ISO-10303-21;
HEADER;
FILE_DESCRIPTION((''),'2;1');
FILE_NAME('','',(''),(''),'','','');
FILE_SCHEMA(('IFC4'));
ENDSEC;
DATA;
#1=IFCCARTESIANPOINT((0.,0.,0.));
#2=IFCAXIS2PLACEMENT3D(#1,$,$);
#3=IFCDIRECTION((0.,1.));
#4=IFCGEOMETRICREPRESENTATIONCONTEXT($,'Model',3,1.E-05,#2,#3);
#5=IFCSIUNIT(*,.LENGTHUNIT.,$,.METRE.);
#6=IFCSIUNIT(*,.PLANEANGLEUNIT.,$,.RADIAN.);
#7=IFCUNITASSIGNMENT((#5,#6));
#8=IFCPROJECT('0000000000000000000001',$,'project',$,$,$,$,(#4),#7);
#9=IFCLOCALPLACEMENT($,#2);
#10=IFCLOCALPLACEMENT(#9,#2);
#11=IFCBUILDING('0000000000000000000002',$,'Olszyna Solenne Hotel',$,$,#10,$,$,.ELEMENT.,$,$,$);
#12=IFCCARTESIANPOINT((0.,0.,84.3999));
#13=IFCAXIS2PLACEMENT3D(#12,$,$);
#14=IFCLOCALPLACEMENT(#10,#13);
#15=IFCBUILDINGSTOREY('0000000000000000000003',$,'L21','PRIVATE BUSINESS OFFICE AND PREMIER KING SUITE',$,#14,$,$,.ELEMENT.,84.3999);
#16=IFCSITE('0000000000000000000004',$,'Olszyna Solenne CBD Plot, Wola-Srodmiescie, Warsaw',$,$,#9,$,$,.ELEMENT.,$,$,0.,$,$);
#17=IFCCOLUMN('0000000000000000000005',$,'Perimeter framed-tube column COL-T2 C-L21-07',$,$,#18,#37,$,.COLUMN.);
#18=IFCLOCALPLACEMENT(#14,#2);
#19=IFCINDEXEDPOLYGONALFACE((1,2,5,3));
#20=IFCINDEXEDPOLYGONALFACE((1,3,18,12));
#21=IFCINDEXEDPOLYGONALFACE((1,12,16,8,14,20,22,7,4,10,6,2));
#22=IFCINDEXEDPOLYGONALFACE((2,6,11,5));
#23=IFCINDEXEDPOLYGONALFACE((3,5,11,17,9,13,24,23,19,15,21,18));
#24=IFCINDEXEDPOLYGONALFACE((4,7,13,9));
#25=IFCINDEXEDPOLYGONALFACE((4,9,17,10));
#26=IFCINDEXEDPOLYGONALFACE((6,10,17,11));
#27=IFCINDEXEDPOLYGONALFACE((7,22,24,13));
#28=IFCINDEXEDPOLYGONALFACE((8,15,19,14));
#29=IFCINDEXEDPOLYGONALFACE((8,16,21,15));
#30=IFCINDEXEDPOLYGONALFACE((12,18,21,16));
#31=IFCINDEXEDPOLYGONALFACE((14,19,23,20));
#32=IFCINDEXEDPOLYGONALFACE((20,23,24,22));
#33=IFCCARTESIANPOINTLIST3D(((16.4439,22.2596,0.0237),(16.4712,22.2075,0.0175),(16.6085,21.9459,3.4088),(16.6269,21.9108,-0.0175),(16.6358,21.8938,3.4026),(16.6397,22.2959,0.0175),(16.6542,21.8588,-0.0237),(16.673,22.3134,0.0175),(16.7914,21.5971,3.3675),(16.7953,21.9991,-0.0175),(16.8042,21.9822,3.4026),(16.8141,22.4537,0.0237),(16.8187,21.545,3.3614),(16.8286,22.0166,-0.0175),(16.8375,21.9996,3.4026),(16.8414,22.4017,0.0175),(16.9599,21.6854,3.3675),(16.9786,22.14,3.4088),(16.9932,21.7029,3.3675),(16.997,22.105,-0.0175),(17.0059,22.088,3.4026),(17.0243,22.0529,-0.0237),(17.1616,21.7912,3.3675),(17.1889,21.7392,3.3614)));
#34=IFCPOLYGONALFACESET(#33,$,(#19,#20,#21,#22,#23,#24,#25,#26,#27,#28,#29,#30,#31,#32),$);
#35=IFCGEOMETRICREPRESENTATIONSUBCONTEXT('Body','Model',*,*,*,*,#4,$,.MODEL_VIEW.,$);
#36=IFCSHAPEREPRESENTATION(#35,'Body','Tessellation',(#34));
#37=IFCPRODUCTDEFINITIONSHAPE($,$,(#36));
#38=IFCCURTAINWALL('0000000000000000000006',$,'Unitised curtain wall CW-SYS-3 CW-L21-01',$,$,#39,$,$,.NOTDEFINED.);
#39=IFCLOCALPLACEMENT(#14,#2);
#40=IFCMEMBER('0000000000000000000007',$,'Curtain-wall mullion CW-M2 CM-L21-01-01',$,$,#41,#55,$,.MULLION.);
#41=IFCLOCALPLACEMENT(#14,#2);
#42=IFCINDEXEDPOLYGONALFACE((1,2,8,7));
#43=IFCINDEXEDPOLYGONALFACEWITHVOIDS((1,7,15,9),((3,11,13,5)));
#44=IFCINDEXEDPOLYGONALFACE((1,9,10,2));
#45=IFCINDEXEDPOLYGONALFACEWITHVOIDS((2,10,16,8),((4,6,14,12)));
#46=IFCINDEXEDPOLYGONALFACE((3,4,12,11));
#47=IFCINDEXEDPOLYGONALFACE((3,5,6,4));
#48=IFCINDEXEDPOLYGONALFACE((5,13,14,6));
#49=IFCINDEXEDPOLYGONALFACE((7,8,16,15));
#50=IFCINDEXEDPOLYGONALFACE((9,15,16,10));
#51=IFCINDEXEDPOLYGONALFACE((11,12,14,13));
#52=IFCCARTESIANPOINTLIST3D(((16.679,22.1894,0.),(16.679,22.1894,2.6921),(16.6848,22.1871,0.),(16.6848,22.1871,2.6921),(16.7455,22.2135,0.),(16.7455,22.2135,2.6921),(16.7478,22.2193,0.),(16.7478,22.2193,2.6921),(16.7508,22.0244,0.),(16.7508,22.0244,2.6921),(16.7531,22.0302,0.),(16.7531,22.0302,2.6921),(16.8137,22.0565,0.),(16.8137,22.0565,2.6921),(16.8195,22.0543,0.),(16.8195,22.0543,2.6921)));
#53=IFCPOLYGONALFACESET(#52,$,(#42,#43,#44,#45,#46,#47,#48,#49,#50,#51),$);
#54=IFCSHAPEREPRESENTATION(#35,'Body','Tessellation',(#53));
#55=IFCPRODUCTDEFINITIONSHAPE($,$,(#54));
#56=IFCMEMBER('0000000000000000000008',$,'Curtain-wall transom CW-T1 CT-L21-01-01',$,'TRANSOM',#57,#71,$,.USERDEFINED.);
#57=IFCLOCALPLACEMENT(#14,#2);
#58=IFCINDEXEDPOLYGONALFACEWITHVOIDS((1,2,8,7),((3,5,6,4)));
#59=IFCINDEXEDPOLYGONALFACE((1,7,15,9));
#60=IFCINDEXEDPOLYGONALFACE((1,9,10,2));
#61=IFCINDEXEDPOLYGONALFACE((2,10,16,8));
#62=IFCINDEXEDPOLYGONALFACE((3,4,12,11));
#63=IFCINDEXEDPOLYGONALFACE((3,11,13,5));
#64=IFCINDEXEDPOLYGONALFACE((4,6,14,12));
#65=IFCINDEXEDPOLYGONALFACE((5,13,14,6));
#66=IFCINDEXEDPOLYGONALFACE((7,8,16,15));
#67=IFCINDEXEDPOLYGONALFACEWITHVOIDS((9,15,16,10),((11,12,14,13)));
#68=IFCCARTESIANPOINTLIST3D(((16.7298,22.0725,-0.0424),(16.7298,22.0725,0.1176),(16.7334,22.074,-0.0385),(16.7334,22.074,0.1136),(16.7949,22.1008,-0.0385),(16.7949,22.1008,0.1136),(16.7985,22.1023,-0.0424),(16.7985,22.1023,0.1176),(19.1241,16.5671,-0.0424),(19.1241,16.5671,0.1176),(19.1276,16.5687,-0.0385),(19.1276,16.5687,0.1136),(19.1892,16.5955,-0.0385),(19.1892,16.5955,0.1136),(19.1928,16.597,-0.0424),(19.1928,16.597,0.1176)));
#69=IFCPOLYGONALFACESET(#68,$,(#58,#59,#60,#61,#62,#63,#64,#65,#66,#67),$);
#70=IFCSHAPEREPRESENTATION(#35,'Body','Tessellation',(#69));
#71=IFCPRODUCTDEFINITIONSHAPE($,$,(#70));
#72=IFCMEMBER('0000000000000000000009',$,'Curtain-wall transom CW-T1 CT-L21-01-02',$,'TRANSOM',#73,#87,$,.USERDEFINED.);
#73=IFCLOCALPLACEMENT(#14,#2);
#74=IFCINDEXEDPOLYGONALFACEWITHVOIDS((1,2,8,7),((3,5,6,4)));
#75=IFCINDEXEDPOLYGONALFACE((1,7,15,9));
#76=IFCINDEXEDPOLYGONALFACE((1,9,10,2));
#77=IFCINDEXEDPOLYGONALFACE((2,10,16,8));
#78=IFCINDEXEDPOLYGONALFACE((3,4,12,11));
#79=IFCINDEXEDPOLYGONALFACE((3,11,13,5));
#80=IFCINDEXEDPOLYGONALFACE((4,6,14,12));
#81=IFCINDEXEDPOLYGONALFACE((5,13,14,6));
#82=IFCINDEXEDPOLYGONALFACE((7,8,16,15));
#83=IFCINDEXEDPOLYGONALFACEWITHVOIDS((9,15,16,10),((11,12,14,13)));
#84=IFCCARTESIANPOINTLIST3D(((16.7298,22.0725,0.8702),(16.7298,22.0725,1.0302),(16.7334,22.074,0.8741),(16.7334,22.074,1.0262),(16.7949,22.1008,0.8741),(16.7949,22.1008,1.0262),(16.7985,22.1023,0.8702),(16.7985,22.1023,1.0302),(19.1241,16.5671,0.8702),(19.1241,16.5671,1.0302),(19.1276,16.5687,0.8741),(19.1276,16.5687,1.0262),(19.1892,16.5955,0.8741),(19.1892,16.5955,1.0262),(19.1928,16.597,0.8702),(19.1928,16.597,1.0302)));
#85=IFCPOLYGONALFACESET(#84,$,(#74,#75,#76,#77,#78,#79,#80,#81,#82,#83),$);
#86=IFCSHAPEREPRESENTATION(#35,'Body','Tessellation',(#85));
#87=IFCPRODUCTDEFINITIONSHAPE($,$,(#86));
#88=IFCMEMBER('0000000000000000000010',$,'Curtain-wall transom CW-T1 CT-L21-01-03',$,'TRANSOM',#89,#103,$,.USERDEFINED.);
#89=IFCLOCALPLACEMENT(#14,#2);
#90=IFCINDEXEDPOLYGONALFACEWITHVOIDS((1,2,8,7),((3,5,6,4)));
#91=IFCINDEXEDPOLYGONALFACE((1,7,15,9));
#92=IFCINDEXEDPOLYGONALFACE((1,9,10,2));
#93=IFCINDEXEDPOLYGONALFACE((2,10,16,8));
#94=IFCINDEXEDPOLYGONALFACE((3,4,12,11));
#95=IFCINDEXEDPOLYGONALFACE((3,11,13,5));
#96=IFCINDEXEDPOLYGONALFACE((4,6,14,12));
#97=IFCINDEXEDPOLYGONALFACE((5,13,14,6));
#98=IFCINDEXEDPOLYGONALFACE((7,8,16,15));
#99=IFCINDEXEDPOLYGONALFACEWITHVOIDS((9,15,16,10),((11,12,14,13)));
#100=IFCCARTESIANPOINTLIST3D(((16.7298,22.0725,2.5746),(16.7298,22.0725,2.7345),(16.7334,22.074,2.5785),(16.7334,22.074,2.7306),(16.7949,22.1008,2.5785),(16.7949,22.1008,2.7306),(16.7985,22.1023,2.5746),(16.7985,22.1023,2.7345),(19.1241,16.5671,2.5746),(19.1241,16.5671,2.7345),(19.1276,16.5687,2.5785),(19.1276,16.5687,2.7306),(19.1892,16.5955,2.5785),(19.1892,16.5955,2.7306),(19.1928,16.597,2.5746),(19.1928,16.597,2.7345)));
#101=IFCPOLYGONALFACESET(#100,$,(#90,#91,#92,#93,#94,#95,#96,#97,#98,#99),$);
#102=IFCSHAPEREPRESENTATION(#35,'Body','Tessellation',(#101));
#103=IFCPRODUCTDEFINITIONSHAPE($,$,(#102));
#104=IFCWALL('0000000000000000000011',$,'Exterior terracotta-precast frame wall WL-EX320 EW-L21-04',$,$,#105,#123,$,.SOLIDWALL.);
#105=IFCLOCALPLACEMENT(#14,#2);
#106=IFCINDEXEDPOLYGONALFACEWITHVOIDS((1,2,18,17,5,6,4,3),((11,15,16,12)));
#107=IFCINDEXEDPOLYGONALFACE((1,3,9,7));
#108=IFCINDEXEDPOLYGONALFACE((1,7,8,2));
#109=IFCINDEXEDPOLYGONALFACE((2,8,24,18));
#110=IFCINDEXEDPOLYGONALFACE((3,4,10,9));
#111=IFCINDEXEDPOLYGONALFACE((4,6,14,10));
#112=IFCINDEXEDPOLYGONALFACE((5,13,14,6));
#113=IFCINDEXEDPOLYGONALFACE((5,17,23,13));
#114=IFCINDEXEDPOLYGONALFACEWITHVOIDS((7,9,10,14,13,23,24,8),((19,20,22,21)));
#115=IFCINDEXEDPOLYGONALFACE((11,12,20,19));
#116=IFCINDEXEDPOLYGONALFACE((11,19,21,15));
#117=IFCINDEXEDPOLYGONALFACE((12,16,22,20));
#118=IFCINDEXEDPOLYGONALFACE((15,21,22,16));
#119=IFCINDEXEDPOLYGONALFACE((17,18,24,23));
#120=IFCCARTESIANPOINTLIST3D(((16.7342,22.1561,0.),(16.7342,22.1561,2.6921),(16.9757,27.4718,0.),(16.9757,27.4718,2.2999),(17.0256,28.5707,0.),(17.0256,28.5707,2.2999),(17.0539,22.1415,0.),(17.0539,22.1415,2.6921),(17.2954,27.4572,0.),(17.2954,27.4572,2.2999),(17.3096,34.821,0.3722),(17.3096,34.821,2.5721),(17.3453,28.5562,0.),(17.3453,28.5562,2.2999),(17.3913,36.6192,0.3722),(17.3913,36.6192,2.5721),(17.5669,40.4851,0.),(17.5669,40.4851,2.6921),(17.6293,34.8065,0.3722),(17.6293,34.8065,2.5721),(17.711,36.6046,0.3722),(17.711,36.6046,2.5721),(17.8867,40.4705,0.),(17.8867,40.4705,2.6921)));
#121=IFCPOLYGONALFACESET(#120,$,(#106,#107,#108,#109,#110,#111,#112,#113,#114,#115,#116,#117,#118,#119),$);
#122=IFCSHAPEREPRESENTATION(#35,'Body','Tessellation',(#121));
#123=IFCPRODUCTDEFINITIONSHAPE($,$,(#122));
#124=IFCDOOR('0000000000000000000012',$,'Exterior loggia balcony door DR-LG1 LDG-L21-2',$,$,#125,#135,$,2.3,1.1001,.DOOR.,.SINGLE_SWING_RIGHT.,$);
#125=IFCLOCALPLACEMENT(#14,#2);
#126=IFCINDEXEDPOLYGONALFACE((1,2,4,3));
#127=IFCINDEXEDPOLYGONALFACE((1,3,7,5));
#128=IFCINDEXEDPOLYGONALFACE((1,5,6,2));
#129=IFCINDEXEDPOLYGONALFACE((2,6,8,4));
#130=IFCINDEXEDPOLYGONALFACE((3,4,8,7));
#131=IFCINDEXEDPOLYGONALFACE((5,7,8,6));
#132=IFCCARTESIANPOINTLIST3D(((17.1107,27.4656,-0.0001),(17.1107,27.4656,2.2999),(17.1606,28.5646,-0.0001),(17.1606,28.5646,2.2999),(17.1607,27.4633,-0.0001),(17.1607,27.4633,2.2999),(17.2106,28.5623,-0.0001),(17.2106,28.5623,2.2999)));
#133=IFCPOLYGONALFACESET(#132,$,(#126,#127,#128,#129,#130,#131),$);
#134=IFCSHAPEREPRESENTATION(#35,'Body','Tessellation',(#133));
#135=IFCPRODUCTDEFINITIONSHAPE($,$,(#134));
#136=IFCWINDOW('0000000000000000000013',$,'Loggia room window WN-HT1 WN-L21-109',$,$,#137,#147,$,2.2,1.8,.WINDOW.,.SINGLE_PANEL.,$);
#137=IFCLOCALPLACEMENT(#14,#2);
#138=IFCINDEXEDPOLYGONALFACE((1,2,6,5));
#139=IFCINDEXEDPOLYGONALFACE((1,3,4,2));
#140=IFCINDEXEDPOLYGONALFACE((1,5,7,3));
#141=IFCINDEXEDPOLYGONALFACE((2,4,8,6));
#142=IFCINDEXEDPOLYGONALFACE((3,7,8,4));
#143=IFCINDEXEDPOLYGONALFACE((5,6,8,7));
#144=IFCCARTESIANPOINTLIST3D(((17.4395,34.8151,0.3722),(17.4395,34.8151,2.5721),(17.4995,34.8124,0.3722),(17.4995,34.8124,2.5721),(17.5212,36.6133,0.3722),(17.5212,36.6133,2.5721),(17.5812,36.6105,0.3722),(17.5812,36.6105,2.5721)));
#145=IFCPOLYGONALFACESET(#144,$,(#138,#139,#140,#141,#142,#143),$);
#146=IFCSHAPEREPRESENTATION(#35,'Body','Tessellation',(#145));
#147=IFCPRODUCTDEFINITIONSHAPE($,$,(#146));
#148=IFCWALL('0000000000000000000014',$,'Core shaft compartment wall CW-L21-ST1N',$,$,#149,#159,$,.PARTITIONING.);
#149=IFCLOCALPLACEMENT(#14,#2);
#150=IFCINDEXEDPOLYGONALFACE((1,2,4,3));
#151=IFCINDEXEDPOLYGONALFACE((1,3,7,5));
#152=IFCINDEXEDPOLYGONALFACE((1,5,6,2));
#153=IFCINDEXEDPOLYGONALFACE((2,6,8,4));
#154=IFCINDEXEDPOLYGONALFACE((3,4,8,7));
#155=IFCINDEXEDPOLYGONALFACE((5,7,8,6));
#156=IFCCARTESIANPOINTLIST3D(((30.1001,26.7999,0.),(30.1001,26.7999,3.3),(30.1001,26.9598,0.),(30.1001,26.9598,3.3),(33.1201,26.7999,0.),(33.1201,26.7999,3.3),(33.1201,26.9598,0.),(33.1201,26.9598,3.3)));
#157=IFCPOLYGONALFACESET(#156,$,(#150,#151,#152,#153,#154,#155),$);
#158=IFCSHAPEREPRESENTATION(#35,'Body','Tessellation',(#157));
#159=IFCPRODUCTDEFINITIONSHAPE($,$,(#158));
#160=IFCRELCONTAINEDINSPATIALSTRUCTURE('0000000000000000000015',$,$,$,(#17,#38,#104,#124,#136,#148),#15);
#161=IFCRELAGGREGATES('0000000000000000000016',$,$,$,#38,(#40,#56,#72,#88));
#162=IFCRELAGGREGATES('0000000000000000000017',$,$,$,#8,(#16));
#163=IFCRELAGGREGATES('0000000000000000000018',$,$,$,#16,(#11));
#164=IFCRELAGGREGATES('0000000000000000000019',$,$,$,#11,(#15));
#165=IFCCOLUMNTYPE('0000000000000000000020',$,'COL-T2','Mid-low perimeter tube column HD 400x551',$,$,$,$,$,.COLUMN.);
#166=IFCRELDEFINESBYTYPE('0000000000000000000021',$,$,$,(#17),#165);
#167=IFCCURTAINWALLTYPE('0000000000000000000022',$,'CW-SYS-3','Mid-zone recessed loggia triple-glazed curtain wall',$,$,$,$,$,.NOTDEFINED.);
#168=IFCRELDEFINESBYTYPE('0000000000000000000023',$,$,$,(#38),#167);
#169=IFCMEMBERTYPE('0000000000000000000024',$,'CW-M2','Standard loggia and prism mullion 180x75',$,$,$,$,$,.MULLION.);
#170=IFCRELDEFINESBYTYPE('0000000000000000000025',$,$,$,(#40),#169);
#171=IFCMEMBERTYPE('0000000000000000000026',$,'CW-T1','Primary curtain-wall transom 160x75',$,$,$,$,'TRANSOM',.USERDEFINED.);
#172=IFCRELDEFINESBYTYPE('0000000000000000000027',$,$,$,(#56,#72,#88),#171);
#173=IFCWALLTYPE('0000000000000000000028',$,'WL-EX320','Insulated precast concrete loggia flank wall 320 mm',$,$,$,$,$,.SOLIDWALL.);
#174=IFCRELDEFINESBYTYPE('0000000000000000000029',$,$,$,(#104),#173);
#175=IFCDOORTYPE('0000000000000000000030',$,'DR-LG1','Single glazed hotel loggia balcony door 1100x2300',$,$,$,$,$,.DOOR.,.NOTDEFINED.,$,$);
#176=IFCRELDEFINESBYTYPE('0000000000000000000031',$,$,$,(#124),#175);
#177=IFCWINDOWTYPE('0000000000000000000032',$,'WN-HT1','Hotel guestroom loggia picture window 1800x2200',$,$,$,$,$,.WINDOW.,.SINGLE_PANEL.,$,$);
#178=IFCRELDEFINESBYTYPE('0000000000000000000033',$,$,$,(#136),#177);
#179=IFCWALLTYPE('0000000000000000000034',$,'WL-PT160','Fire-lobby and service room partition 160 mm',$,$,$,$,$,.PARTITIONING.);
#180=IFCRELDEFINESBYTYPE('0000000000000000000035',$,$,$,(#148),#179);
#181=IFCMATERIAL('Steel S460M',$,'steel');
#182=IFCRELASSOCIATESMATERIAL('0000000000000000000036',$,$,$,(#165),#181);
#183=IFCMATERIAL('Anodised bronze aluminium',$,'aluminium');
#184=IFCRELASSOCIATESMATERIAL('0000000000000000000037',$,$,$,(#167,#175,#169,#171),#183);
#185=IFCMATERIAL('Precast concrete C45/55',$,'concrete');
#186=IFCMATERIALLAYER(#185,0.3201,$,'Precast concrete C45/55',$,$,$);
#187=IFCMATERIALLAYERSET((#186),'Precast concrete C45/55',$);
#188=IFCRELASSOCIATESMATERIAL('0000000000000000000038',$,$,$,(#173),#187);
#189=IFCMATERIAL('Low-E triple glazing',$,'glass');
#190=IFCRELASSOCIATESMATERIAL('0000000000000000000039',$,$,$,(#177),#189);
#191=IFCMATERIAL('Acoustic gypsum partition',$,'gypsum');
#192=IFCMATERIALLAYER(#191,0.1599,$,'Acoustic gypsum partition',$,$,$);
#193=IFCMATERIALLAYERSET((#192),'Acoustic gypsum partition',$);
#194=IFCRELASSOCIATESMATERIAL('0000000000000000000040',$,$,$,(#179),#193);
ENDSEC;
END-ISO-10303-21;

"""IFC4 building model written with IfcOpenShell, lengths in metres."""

from ifc_helpers import new_model, si_unit, direction, frame, frame_2d, origin, origin_2d, place, context, subcontext, project, spatial, rectangle, hollow_rectangle, i_section, extrude, source, transform, mapped, material, layer, layer_set, material_profile, profile_set, type_object, type_shapes, element, fill, aggregate, save


model = new_model("IFC4")

# Units and contexts
model_context = context("Model", 3, precision=1e-05, world=origin(), true_north=direction((0.0, 1.0)))
body_context = subcontext(model_context, "Body", "Model", "MODEL_VIEW")
ifc_project = project(units=[si_unit("LENGTHUNIT", "METRE"), si_unit("PLANEANGLEUNIT", "RADIAN")], contexts=[model_context])

# Site, building, storey
site_placement = place(None, origin())
site = spatial("IfcSite", under=ifc_project, at=site_placement, Name="Olszyna Solenne CBD Plot, Wola-Srodmiescie, Warsaw", CompositionType="ELEMENT", RefElevation=0.0)
building_placement = place(site_placement, origin())
building = spatial("IfcBuilding", under=site, at=building_placement, Name="Olszyna Solenne Hotel", CompositionType="ELEMENT")
storey_placement = place(building_placement, frame((0.0, 0.0, 84.3999)))
storey = spatial("IfcBuildingStorey", under=building, at=storey_placement, Name="L21", Description="PRIVATE BUSINESS OFFICE AND PREMIER KING SUITE", CompositionType="ELEMENT", Elevation=84.3999)

# Column
ifc_material_1 = material(Name="Steel S460M", Category="steel")
ifc_material_profile_1 = material_profile(ifc_material_1, i_section(OverallWidth=0.418, OverallDepth=0.4551, WebThickness=0.0376, FlangeThickness=0.0591, at=origin_2d()), Name="HD 400x551", Category="load-bearing")
ifc_profile_set_1 = profile_set([ifc_material_profile_1], Name="Steel S460M")
column_type = type_object("IfcColumnType", Name="COL-T2", Description="Mid-low perimeter tube column HD 400x551", PredefinedType="COLUMN", material=ifc_profile_set_1)
shared_shape_1 = source(origin(), body_context, "Body", "SweptSolid", [
    extrude(i_section(OverallWidth=0.418, OverallDepth=0.4551, WebThickness=0.0376, FlangeThickness=0.0591, at=origin_2d()), origin(), (0.0, 0.0, 1.0), 3.4036),
])
column_placement = place(storey_placement, frame((16.7341, 22.1562, 0.0), z_axis=(0.048348, -0.092176, 0.994568), x_axis=(0.885575, 0.464496, 0.0)))
element("IfcColumn", 1, at=column_placement, inside=storey, type_object=column_type, Name="Perimeter framed-tube column COL-T2 C-L21-07", PredefinedType="COLUMN", context=body_context, shape_type="MappedRepresentation", body=[
    mapped(shared_shape_1, transform((0.0, 0.0, 0.0), x_axis=(1.0, 0.0, 0.0), y_axis=(0.0, 1.0, 0.0), z_axis=(0.0, 0.0, 1.0), scale=1.0)),
])

# Curtain wall, members
ifc_material_2 = material(Name="Anodised bronze aluminium", Category="aluminium")
curtain_wall_type = type_object("IfcCurtainWallType", Name="CW-SYS-3", Description="Mid-zone recessed loggia triple-glazed curtain wall", PredefinedType="NOTDEFINED", material=ifc_material_2)
curtain_wall_placement = place(storey_placement, origin())
curtain_wall = element("IfcCurtainWall", 2, at=curtain_wall_placement, inside=storey, type_object=curtain_wall_type, Name="Unitised curtain wall CW-SYS-3 CW-L21-01", PredefinedType="NOTDEFINED")
ifc_material_profile_2 = material_profile(ifc_material_2, hollow_rectangle(XDim=0.075, YDim=0.1799, WallThickness=0.0044, at=origin_2d()), Name="MULL 180x75x4.5", Category="load-bearing")
ifc_profile_set_2 = profile_set([ifc_material_profile_2], Name="Anodised bronze aluminium")
member_type_1 = type_object("IfcMemberType", Name="CW-M2", Description="Standard loggia and prism mullion 180x75", PredefinedType="MULLION", material=ifc_profile_set_2)
shared_shape_2 = source(origin(), body_context, "Body", "SweptSolid", [
    extrude(hollow_rectangle(XDim=0.075, YDim=0.1799, WallThickness=0.0044, at=origin_2d()), origin(), (0.0, 0.0, 1.0), 2.6921),
])
member_1_placement = place(storey_placement, frame((16.7493, 22.1218, 0.0), z_axis=(0.0, 0.0, 1.0), x_axis=(0.917031, 0.398817, 0.0)))
member_1 = element("IfcMember", 3, at=member_1_placement, type_object=member_type_1, Name="Curtain-wall mullion CW-M2 CM-L21-01-01", PredefinedType="MULLION", context=body_context, shape_type="MappedRepresentation", body=[
    mapped(shared_shape_2, transform((0.0, 0.0, 0.0), x_axis=(1.0, 0.0, 0.0), y_axis=(0.0, 1.0, 0.0), z_axis=(0.0, 0.0, 1.0), scale=1.0)),
])
ifc_material_profile_3 = material_profile(ifc_material_2, hollow_rectangle(XDim=0.075, YDim=0.1599, WallThickness=0.0039, at=origin_2d()), Name="TRAN 160x75x4", Category="load-bearing")
ifc_profile_set_3 = profile_set([ifc_material_profile_3], Name="Anodised bronze aluminium")
member_type_2 = type_object("IfcMemberType", Name="CW-T1", Description="Primary curtain-wall transom 160x75", ElementType="TRANSOM", PredefinedType="USERDEFINED", material=ifc_profile_set_3)
shared_shape_3 = source(origin(), body_context, "Body", "SweptSolid", [
    extrude(hollow_rectangle(XDim=0.075, YDim=0.1599, WallThickness=0.0039, at=origin_2d()), origin(), (0.0, 0.0, 1.0), 6.0034),
])
member_2_placement = place(storey_placement, frame((16.7642, 22.0874, 0.0376), z_axis=(0.398817, -0.917031, 0.0), x_axis=(0.917031, 0.398817, 0.0)))
member_2 = element("IfcMember", 4, at=member_2_placement, type_object=member_type_2, Name="Curtain-wall transom CW-T1 CT-L21-01-01", ObjectType="TRANSOM", PredefinedType="USERDEFINED", context=body_context, shape_type="MappedRepresentation", body=[
    mapped(shared_shape_3, transform((0.0, 0.0, 0.0), x_axis=(1.0, 0.0, 0.0), y_axis=(0.0, 1.0, 0.0), z_axis=(0.0, 0.0, 1.0), scale=1.0)),
])
member_3_placement = place(storey_placement, frame((16.7642, 22.0874, 0.9502), z_axis=(0.398817, -0.917031, 0.0), x_axis=(0.917031, 0.398817, 0.0)))
member_3 = element("IfcMember", 5, at=member_3_placement, type_object=member_type_2, Name="Curtain-wall transom CW-T1 CT-L21-01-02", ObjectType="TRANSOM", PredefinedType="USERDEFINED", context=body_context, shape_type="MappedRepresentation", body=[
    mapped(shared_shape_3, transform((0.0, 0.0, 0.0), x_axis=(1.0, 0.0, 0.0), y_axis=(0.0, 1.0, 0.0), z_axis=(0.0, 0.0, 1.0), scale=1.0)),
])
member_4_placement = place(storey_placement, frame((16.7642, 22.0874, 2.6545), z_axis=(0.398817, -0.917031, 0.0), x_axis=(0.917031, 0.398817, 0.0)))
member_4 = element("IfcMember", 6, at=member_4_placement, type_object=member_type_2, Name="Curtain-wall transom CW-T1 CT-L21-01-03", ObjectType="TRANSOM", PredefinedType="USERDEFINED", context=body_context, shape_type="MappedRepresentation", body=[
    mapped(shared_shape_3, transform((0.0, 0.0, 0.0), x_axis=(1.0, 0.0, 0.0), y_axis=(0.0, 1.0, 0.0), z_axis=(0.0, 0.0, 1.0), scale=1.0)),
])
aggregate(curtain_wall, [member_1, member_2, member_3, member_4])

# Wall, openings, door, window
ifc_material_3 = material(Name="Precast concrete C45/55", Category="concrete")
ifc_layer_1 = layer(ifc_material_3, 0.3201, Name="Precast concrete C45/55")
ifc_layer_set_1 = layer_set([ifc_layer_1], Name="Precast concrete C45/55")
wall_type_1 = type_object("IfcWallType", Name="WL-EX320", Description="Insulated precast concrete loggia flank wall 320 mm", PredefinedType="SOLIDWALL", material=ifc_layer_set_1)
wall_1_placement = place(storey_placement, frame((16.894, 22.1489, 0.0), z_axis=(0.0, 0.0, 1.0), x_axis=(0.045387, 0.998969, 0.0)))
wall_1 = element("IfcWall", 7, at=wall_1_placement, inside=storey, type_object=wall_type_1, Name="Exterior terracotta-precast frame wall WL-EX320 EW-L21-04", PredefinedType="SOLIDWALL", context=body_context, shape_type="SweptSolid", body=[
    extrude(rectangle(XDim=18.3479, YDim=0.3201, at=frame_2d((9.1738, 0.0))), origin(), (0.0, 0.0, 1.0), 2.6921),
])
opening_1_placement = place(wall_1_placement, frame((5.321, 0.0, 0.0)))
opening_1 = element("IfcOpeningElement", 8, at=opening_1_placement, cuts=wall_1, PredefinedType="OPENING", context=body_context, shape_type="SweptSolid", body=[
    extrude(rectangle(XDim=1.1001, YDim=2.3, at=frame_2d((0.55, 1.1499))), frame((0.0, 0.1699, 0.0), z_axis=(0.0, -1.0, 0.0), x_axis=(1.0, 0.0, 0.0)), (0.0, 0.0, 1.0), 0.3401),
])
opening_2_placement = place(wall_1_placement, frame((12.678, 0.0, 0.3721)))
opening_2 = element("IfcOpeningElement", 9, at=opening_2_placement, cuts=wall_1, PredefinedType="OPENING", context=body_context, shape_type="SweptSolid", body=[
    extrude(rectangle(XDim=1.8, YDim=2.2, at=frame_2d((0.8999, 1.1001))), frame((0.0, 0.1699, 0.0), z_axis=(0.0, -1.0, 0.0), x_axis=(1.0, 0.0, 0.0)), (0.0, 0.0, 1.0), 0.3401),
])
door_type = type_object("IfcDoorType", Name="DR-LG1", Description="Single glazed hotel loggia balcony door 1100x2300", OperationType="NOTDEFINED", PredefinedType="DOOR", material=ifc_material_2)
shared_shape_4 = source(origin(), body_context, "Body", "SweptSolid", [
    extrude(rectangle(XDim=1.1001, YDim=2.3, at=frame_2d((0.55, 1.1499))), frame((0.0, 0.0249, 0.0), z_axis=(0.0, -1.0, 0.0), x_axis=(1.0, 0.0, 0.0)), (0.0, 0.0, 1.0), 0.05),
])
type_shapes(door_type, [shared_shape_4])
door_placement = place(opening_1_placement, origin())
door = element("IfcDoor", 10, at=door_placement, inside=storey, type_object=door_type, Name="Exterior loggia balcony door DR-LG1 LDG-L21-2", OperationType="SINGLE_SWING_RIGHT", OverallHeight=2.3, OverallWidth=1.1001, PredefinedType="DOOR", context=body_context, shape_type="MappedRepresentation", body=[
    mapped(shared_shape_4, transform((0.0, 0.0, 0.0), x_axis=(1.0, 0.0, 0.0), y_axis=(0.0, 1.0, 0.0), z_axis=(0.0, 0.0, 1.0), scale=1.0)),
])
fill(opening_1, door)
ifc_material_4 = material(Name="Low-E triple glazing", Category="glass")
window_type = type_object("IfcWindowType", Name="WN-HT1", Description="Hotel guestroom loggia picture window 1800x2200", PartitioningType="SINGLE_PANEL", PredefinedType="WINDOW", material=ifc_material_4)
shared_shape_5 = source(origin(), body_context, "Body", "SweptSolid", [
    extrude(rectangle(XDim=1.8, YDim=2.2, at=frame_2d((0.8999, 1.1001))), frame((0.0, 0.03, 0.0), z_axis=(0.0, -1.0, 0.0), x_axis=(1.0, 0.0, 0.0)), (0.0, 0.0, 1.0), 0.0601),
])
type_shapes(window_type, [shared_shape_5])
window_placement = place(opening_2_placement, origin())
window = element("IfcWindow", 11, at=window_placement, inside=storey, type_object=window_type, Name="Loggia room window WN-HT1 WN-L21-109", OverallHeight=2.2, OverallWidth=1.8, PartitioningType="SINGLE_PANEL", PredefinedType="WINDOW", context=body_context, shape_type="MappedRepresentation", body=[
    mapped(shared_shape_5, transform((0.0, 0.0, 0.0), x_axis=(1.0, 0.0, 0.0), y_axis=(0.0, 1.0, 0.0), z_axis=(0.0, 0.0, 1.0), scale=1.0)),
])
fill(opening_2, window)

# Wall
ifc_material_5 = material(Name="Acoustic gypsum partition", Category="gypsum")
ifc_layer_2 = layer(ifc_material_5, 0.1599, Name="Acoustic gypsum partition")
ifc_layer_set_2 = layer_set([ifc_layer_2], Name="Acoustic gypsum partition")
wall_type_2 = type_object("IfcWallType", Name="WL-PT160", Description="Fire-lobby and service room partition 160 mm", PredefinedType="PARTITIONING", material=ifc_layer_set_2)
wall_2_placement = place(storey_placement, frame((30.1001, 26.8799, 0.0), z_axis=(0.0, 0.0, 1.0), x_axis=(1.0, 0.0, 0.0)))
element("IfcWall", 12, at=wall_2_placement, inside=storey, type_object=wall_type_2, Name="Core shaft compartment wall CW-L21-ST1N", PredefinedType="PARTITIONING", context=body_context, shape_type="SweptSolid", body=[
    extrude(rectangle(XDim=3.02, YDim=0.1599, at=frame_2d((1.51, 0.0))), origin(), (0.0, 0.0, 1.0), 3.3),
])

save(model, "model.ifc")
